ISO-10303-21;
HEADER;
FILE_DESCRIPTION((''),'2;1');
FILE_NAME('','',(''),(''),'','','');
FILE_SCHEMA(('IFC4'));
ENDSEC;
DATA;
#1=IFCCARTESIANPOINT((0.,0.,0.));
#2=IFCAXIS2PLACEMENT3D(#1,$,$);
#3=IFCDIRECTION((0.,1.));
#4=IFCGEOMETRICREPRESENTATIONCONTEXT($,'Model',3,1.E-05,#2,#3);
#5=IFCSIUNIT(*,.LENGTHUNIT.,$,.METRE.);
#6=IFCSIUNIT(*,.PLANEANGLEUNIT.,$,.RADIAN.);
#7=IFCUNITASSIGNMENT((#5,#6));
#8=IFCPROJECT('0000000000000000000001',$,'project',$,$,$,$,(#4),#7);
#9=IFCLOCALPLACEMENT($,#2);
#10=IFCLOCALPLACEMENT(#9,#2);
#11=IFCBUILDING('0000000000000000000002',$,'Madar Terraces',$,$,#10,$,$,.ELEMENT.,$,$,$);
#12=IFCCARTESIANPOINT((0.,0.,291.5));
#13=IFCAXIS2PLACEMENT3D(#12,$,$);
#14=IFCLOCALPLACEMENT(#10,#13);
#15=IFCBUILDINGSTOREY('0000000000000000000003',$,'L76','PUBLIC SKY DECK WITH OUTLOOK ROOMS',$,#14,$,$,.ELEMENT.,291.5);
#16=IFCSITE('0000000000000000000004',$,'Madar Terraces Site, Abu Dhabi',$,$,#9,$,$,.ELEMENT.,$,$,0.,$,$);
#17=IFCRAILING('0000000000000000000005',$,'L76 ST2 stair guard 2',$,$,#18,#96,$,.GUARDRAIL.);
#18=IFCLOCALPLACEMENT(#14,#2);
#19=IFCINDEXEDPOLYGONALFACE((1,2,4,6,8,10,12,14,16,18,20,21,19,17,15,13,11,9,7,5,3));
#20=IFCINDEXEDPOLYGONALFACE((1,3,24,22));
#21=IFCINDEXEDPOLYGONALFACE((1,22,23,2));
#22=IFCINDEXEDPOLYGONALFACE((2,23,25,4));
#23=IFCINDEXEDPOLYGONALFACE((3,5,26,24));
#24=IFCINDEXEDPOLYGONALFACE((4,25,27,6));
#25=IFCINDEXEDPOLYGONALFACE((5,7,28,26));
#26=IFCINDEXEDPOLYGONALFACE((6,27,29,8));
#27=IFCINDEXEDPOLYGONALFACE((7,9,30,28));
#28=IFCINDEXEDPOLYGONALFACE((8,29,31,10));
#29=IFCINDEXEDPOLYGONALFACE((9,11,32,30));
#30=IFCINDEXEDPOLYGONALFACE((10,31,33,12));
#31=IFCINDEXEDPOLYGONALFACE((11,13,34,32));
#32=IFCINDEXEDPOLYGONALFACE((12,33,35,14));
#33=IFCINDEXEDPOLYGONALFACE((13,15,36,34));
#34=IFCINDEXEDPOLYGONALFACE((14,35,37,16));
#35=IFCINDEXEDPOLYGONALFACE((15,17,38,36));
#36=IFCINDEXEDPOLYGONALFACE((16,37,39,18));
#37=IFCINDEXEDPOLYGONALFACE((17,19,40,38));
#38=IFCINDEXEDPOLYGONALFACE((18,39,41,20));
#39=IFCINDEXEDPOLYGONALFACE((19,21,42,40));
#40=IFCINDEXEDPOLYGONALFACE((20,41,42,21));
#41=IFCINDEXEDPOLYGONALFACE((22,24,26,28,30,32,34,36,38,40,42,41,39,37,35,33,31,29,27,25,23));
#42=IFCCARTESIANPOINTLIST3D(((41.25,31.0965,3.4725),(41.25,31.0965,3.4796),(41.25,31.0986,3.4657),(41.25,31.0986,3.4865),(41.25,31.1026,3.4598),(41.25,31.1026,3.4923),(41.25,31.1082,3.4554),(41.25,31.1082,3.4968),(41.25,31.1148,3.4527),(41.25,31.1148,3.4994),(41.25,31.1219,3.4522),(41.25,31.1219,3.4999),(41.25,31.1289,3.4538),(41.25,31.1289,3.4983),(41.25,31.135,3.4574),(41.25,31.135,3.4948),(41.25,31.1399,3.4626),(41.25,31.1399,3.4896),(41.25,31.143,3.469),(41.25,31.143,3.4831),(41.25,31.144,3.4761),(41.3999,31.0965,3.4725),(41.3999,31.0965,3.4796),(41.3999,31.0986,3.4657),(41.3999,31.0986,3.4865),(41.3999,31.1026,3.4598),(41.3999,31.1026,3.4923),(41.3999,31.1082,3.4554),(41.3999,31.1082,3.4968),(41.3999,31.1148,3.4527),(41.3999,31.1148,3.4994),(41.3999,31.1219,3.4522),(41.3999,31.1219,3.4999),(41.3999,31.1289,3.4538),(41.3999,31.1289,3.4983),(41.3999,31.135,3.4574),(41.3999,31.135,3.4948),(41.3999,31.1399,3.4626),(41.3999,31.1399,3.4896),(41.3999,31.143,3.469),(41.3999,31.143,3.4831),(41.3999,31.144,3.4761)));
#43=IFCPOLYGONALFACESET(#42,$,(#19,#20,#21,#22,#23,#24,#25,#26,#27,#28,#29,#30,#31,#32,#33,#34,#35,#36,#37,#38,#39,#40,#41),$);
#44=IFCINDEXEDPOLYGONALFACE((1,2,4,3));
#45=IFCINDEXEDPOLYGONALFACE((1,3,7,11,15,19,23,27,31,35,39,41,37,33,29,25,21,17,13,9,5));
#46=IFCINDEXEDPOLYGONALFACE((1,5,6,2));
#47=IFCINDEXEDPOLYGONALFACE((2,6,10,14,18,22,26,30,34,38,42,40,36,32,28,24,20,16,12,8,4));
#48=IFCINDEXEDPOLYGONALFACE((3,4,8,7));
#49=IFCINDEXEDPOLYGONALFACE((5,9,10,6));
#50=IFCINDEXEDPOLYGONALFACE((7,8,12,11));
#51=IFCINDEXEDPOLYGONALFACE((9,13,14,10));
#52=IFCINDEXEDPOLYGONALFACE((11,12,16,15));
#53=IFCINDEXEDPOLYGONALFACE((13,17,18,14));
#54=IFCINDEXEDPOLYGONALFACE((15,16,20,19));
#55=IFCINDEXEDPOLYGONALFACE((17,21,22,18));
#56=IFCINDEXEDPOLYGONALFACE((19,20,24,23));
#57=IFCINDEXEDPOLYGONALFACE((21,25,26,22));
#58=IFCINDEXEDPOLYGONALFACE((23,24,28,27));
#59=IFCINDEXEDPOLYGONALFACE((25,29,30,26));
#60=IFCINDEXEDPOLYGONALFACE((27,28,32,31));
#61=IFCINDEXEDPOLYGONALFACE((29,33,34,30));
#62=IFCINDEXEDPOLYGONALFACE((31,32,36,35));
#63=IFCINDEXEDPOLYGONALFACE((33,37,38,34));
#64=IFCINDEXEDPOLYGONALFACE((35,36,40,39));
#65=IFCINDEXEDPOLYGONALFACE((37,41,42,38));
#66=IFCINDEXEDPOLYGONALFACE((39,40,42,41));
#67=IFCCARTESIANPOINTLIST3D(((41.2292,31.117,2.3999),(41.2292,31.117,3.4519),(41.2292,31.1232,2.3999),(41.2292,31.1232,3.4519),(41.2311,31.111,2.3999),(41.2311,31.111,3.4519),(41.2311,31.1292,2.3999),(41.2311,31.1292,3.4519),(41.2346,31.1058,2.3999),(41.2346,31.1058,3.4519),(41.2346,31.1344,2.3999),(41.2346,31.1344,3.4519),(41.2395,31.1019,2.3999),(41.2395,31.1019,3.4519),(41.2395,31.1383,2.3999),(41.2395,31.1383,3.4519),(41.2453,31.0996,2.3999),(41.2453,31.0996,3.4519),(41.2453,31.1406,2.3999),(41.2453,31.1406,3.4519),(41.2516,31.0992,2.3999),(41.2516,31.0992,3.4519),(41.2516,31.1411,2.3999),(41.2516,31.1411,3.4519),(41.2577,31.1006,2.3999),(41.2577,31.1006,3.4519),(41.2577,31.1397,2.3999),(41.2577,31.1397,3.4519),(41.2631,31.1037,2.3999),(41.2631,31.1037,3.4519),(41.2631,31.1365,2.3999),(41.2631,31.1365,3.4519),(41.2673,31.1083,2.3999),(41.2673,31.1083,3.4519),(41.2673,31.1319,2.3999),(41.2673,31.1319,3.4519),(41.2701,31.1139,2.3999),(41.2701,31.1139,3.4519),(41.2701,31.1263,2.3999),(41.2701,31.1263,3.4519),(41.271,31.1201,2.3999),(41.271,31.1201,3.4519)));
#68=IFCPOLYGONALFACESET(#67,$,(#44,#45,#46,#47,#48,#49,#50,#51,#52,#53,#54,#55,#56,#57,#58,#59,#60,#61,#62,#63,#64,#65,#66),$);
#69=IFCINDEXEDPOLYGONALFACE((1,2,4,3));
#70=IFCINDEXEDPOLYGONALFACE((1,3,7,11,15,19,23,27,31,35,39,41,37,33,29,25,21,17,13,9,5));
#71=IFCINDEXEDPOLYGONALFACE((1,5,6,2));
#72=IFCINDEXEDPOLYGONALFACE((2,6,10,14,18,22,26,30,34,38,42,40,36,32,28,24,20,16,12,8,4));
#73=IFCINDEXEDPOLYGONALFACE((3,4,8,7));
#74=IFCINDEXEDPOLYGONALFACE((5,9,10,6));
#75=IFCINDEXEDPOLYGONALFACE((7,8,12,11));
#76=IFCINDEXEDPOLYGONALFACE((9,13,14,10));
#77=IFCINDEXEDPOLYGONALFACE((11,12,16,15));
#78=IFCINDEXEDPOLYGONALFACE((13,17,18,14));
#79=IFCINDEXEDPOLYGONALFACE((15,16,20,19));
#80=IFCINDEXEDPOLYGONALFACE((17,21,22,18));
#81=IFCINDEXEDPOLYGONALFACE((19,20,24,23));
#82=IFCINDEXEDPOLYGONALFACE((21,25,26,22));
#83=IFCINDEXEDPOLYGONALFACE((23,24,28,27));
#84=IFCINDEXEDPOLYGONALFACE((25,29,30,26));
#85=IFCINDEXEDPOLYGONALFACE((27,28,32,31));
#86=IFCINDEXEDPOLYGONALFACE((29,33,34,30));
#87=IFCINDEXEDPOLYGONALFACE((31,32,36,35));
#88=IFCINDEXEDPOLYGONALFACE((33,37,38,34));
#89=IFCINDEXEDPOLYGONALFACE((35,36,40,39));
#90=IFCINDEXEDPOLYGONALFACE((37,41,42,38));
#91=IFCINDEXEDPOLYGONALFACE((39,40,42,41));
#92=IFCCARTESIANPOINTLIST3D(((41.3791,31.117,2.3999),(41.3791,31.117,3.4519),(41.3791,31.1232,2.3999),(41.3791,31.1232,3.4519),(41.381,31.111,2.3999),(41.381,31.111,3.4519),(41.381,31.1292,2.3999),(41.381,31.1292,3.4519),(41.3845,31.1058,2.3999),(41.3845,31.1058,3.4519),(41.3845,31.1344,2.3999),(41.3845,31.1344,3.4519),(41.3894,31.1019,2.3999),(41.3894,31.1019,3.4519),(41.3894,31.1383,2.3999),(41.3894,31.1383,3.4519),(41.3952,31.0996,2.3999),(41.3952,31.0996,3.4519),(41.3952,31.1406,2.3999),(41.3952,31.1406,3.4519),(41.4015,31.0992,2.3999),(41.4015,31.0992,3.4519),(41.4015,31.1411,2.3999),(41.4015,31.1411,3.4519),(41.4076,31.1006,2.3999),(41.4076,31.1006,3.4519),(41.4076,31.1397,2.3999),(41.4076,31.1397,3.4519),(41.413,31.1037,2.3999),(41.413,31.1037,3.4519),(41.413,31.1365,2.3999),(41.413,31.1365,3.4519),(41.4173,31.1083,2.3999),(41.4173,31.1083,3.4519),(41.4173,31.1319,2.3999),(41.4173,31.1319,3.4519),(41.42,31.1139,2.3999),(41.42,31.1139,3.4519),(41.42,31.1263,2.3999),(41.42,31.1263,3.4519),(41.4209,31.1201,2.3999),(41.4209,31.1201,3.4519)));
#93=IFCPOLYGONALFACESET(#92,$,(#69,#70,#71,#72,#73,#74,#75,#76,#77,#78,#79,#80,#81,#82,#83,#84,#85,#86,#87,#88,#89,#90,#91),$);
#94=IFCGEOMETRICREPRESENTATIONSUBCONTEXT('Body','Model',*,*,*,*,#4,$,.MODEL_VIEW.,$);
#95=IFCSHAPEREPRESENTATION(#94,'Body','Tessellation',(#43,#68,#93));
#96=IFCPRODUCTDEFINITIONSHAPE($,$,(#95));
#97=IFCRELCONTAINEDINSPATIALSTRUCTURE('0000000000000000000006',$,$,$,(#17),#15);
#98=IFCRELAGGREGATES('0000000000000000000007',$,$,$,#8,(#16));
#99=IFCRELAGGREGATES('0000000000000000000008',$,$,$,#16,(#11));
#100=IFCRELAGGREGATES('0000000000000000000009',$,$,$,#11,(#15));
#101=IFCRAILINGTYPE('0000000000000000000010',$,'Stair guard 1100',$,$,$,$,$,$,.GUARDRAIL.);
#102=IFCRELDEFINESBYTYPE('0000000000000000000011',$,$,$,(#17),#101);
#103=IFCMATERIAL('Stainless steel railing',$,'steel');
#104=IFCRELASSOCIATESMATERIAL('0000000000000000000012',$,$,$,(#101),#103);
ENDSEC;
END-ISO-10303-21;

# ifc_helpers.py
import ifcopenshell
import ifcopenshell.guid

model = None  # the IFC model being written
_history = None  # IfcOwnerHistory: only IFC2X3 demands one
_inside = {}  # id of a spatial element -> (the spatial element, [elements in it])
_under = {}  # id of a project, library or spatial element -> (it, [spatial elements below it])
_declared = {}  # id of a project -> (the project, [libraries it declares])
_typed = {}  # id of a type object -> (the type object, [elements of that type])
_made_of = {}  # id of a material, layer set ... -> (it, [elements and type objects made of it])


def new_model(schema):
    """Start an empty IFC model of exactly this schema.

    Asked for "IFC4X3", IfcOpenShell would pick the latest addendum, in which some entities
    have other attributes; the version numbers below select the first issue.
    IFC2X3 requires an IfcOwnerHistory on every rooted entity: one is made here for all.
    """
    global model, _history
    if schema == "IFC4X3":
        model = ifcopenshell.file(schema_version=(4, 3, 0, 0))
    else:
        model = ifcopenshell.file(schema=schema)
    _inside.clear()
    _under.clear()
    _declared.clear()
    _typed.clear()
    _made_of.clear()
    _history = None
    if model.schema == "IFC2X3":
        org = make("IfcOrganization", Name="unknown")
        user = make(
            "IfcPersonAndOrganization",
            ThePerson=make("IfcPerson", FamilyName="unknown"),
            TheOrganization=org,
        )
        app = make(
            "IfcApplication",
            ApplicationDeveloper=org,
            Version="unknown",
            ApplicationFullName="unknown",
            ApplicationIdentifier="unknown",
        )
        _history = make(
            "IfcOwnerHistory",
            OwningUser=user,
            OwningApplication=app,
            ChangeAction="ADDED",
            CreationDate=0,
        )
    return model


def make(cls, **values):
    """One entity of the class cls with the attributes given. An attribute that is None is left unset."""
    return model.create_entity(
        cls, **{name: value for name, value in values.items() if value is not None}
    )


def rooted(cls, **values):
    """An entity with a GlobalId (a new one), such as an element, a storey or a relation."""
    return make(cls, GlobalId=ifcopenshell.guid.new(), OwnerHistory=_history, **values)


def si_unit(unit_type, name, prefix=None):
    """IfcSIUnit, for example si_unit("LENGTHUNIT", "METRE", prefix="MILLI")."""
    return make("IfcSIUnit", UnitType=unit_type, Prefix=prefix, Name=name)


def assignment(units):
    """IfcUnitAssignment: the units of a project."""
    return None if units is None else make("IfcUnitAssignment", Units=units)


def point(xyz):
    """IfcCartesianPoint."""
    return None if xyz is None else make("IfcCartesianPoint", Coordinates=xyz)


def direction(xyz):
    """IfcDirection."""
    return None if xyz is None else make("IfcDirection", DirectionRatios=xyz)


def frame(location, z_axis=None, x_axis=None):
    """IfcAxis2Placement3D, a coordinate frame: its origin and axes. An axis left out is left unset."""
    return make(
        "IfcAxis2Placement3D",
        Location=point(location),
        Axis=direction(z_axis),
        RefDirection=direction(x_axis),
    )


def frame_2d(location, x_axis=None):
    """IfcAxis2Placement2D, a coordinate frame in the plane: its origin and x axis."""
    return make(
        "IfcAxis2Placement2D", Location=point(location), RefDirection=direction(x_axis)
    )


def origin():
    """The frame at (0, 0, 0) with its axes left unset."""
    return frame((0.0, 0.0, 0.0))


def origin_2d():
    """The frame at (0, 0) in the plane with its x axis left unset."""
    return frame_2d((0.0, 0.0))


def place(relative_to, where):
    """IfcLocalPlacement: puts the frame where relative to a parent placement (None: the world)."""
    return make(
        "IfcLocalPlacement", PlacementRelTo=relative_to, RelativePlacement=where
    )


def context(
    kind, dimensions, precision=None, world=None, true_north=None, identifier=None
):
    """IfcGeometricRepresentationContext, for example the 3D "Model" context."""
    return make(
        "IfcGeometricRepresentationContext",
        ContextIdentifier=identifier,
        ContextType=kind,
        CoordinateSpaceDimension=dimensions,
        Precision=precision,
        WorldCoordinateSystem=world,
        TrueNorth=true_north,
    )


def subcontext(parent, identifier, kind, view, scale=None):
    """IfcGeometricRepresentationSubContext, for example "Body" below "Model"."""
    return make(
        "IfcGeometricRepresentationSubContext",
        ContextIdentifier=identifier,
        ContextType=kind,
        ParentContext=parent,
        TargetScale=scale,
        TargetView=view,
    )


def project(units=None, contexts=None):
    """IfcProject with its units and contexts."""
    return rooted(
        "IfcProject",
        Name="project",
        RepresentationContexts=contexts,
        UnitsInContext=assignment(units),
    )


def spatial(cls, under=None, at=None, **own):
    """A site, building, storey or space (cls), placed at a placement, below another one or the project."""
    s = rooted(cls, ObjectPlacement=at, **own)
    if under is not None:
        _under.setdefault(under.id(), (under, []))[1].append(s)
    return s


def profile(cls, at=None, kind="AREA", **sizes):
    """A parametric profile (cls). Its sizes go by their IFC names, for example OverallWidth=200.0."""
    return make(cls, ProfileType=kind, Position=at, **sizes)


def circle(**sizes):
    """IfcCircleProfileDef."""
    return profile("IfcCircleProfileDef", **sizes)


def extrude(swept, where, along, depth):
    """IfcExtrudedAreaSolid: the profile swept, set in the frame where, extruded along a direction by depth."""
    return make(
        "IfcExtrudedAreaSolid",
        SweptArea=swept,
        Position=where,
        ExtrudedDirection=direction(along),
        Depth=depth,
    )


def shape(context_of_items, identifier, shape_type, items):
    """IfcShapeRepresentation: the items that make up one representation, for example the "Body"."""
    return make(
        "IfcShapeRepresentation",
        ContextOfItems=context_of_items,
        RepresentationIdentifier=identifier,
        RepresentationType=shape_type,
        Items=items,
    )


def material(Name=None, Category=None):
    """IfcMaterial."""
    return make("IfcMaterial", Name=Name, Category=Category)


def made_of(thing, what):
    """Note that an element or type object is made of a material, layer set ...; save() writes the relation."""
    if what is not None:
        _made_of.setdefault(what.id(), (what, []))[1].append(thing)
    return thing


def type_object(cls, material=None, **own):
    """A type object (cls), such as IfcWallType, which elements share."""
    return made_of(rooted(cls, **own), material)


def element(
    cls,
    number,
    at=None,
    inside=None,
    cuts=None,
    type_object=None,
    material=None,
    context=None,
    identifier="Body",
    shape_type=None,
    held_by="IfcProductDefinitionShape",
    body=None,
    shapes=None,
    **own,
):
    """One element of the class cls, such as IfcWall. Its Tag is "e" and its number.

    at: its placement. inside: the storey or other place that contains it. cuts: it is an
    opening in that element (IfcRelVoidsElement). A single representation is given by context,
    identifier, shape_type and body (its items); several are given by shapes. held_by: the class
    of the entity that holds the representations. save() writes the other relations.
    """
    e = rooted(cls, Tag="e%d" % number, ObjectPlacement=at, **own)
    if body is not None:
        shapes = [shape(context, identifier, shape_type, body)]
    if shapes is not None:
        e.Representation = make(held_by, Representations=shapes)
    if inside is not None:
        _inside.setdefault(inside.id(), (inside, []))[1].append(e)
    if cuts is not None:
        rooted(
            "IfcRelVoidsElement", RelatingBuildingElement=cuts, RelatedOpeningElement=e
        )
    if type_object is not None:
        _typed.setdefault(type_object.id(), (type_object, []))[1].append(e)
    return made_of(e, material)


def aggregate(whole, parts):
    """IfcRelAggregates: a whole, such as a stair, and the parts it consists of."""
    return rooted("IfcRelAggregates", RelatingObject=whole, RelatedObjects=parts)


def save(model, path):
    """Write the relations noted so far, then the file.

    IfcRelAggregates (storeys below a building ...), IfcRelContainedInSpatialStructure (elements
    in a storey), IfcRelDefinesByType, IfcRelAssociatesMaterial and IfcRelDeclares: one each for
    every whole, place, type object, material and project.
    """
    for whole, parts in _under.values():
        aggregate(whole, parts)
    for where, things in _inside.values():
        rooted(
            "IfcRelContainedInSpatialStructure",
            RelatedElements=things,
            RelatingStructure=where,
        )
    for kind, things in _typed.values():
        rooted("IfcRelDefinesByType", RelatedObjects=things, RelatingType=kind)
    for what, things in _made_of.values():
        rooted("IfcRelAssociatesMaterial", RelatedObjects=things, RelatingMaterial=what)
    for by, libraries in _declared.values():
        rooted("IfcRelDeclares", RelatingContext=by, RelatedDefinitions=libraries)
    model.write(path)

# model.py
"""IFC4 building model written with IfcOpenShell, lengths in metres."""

from ifc_helpers import new_model, si_unit, direction, frame, origin, origin_2d, place, context, subcontext, project, spatial, circle, extrude, material, type_object, element, save


model = new_model("IFC4")

# Units and contexts
model_context = context("Model", 3, precision=1e-05, world=origin(), true_north=direction((0.0, 1.0)))
body_context = subcontext(model_context, "Body", "Model", "MODEL_VIEW")
ifc_project = project(units=[si_unit("LENGTHUNIT", "METRE"), si_unit("PLANEANGLEUNIT", "RADIAN")], contexts=[model_context])

# Site, building, storey
site_placement = place(None, origin())
site = spatial("IfcSite", under=ifc_project, at=site_placement, Name="Madar Terraces Site, Abu Dhabi", CompositionType="ELEMENT", RefElevation=0.0)
building_placement = place(site_placement, origin())
building = spatial("IfcBuilding", under=site, at=building_placement, Name="Madar Terraces", CompositionType="ELEMENT")
storey_placement = place(building_placement, frame((0.0, 0.0, 291.5)))
storey = spatial("IfcBuildingStorey", under=building, at=storey_placement, Name="L76", Description="PUBLIC SKY DECK WITH OUTLOOK ROOMS", CompositionType="ELEMENT", Elevation=291.5)

# Railing
ifc_material_1 = material(Name="Stainless steel railing", Category="steel")
railing_type_1 = type_object("IfcRailingType", Name="Stair guard 1100", PredefinedType="GUARDRAIL", material=ifc_material_1)
railing_1_placement = place(storey_placement, frame((41.25, 31.1201, 2.3999)))
element("IfcRailing", 1, at=railing_1_placement, inside=storey, type_object=railing_type_1, Name="L76 ST2 stair guard 2", PredefinedType="GUARDRAIL", context=body_context, shape_type="SweptSolid", body=[
    extrude(circle(Radius=0.0239, at=origin_2d()), frame((0.0, 0.0, 1.0762), z_axis=(1.0, 0.0, 0.0), x_axis=(0.0, 1.0, 0.0)), (0.0, 0.0, 1.0), 0.1499),
    extrude(circle(Radius=0.021, at=origin_2d()), origin(), (0.0, 0.0, 1.0), 1.052),
    extrude(circle(Radius=0.021, at=origin_2d()), frame((0.1499, 0.0, 0.0)), (0.0, 0.0, 1.0), 1.052),
])

save(model, "model.ifc")
